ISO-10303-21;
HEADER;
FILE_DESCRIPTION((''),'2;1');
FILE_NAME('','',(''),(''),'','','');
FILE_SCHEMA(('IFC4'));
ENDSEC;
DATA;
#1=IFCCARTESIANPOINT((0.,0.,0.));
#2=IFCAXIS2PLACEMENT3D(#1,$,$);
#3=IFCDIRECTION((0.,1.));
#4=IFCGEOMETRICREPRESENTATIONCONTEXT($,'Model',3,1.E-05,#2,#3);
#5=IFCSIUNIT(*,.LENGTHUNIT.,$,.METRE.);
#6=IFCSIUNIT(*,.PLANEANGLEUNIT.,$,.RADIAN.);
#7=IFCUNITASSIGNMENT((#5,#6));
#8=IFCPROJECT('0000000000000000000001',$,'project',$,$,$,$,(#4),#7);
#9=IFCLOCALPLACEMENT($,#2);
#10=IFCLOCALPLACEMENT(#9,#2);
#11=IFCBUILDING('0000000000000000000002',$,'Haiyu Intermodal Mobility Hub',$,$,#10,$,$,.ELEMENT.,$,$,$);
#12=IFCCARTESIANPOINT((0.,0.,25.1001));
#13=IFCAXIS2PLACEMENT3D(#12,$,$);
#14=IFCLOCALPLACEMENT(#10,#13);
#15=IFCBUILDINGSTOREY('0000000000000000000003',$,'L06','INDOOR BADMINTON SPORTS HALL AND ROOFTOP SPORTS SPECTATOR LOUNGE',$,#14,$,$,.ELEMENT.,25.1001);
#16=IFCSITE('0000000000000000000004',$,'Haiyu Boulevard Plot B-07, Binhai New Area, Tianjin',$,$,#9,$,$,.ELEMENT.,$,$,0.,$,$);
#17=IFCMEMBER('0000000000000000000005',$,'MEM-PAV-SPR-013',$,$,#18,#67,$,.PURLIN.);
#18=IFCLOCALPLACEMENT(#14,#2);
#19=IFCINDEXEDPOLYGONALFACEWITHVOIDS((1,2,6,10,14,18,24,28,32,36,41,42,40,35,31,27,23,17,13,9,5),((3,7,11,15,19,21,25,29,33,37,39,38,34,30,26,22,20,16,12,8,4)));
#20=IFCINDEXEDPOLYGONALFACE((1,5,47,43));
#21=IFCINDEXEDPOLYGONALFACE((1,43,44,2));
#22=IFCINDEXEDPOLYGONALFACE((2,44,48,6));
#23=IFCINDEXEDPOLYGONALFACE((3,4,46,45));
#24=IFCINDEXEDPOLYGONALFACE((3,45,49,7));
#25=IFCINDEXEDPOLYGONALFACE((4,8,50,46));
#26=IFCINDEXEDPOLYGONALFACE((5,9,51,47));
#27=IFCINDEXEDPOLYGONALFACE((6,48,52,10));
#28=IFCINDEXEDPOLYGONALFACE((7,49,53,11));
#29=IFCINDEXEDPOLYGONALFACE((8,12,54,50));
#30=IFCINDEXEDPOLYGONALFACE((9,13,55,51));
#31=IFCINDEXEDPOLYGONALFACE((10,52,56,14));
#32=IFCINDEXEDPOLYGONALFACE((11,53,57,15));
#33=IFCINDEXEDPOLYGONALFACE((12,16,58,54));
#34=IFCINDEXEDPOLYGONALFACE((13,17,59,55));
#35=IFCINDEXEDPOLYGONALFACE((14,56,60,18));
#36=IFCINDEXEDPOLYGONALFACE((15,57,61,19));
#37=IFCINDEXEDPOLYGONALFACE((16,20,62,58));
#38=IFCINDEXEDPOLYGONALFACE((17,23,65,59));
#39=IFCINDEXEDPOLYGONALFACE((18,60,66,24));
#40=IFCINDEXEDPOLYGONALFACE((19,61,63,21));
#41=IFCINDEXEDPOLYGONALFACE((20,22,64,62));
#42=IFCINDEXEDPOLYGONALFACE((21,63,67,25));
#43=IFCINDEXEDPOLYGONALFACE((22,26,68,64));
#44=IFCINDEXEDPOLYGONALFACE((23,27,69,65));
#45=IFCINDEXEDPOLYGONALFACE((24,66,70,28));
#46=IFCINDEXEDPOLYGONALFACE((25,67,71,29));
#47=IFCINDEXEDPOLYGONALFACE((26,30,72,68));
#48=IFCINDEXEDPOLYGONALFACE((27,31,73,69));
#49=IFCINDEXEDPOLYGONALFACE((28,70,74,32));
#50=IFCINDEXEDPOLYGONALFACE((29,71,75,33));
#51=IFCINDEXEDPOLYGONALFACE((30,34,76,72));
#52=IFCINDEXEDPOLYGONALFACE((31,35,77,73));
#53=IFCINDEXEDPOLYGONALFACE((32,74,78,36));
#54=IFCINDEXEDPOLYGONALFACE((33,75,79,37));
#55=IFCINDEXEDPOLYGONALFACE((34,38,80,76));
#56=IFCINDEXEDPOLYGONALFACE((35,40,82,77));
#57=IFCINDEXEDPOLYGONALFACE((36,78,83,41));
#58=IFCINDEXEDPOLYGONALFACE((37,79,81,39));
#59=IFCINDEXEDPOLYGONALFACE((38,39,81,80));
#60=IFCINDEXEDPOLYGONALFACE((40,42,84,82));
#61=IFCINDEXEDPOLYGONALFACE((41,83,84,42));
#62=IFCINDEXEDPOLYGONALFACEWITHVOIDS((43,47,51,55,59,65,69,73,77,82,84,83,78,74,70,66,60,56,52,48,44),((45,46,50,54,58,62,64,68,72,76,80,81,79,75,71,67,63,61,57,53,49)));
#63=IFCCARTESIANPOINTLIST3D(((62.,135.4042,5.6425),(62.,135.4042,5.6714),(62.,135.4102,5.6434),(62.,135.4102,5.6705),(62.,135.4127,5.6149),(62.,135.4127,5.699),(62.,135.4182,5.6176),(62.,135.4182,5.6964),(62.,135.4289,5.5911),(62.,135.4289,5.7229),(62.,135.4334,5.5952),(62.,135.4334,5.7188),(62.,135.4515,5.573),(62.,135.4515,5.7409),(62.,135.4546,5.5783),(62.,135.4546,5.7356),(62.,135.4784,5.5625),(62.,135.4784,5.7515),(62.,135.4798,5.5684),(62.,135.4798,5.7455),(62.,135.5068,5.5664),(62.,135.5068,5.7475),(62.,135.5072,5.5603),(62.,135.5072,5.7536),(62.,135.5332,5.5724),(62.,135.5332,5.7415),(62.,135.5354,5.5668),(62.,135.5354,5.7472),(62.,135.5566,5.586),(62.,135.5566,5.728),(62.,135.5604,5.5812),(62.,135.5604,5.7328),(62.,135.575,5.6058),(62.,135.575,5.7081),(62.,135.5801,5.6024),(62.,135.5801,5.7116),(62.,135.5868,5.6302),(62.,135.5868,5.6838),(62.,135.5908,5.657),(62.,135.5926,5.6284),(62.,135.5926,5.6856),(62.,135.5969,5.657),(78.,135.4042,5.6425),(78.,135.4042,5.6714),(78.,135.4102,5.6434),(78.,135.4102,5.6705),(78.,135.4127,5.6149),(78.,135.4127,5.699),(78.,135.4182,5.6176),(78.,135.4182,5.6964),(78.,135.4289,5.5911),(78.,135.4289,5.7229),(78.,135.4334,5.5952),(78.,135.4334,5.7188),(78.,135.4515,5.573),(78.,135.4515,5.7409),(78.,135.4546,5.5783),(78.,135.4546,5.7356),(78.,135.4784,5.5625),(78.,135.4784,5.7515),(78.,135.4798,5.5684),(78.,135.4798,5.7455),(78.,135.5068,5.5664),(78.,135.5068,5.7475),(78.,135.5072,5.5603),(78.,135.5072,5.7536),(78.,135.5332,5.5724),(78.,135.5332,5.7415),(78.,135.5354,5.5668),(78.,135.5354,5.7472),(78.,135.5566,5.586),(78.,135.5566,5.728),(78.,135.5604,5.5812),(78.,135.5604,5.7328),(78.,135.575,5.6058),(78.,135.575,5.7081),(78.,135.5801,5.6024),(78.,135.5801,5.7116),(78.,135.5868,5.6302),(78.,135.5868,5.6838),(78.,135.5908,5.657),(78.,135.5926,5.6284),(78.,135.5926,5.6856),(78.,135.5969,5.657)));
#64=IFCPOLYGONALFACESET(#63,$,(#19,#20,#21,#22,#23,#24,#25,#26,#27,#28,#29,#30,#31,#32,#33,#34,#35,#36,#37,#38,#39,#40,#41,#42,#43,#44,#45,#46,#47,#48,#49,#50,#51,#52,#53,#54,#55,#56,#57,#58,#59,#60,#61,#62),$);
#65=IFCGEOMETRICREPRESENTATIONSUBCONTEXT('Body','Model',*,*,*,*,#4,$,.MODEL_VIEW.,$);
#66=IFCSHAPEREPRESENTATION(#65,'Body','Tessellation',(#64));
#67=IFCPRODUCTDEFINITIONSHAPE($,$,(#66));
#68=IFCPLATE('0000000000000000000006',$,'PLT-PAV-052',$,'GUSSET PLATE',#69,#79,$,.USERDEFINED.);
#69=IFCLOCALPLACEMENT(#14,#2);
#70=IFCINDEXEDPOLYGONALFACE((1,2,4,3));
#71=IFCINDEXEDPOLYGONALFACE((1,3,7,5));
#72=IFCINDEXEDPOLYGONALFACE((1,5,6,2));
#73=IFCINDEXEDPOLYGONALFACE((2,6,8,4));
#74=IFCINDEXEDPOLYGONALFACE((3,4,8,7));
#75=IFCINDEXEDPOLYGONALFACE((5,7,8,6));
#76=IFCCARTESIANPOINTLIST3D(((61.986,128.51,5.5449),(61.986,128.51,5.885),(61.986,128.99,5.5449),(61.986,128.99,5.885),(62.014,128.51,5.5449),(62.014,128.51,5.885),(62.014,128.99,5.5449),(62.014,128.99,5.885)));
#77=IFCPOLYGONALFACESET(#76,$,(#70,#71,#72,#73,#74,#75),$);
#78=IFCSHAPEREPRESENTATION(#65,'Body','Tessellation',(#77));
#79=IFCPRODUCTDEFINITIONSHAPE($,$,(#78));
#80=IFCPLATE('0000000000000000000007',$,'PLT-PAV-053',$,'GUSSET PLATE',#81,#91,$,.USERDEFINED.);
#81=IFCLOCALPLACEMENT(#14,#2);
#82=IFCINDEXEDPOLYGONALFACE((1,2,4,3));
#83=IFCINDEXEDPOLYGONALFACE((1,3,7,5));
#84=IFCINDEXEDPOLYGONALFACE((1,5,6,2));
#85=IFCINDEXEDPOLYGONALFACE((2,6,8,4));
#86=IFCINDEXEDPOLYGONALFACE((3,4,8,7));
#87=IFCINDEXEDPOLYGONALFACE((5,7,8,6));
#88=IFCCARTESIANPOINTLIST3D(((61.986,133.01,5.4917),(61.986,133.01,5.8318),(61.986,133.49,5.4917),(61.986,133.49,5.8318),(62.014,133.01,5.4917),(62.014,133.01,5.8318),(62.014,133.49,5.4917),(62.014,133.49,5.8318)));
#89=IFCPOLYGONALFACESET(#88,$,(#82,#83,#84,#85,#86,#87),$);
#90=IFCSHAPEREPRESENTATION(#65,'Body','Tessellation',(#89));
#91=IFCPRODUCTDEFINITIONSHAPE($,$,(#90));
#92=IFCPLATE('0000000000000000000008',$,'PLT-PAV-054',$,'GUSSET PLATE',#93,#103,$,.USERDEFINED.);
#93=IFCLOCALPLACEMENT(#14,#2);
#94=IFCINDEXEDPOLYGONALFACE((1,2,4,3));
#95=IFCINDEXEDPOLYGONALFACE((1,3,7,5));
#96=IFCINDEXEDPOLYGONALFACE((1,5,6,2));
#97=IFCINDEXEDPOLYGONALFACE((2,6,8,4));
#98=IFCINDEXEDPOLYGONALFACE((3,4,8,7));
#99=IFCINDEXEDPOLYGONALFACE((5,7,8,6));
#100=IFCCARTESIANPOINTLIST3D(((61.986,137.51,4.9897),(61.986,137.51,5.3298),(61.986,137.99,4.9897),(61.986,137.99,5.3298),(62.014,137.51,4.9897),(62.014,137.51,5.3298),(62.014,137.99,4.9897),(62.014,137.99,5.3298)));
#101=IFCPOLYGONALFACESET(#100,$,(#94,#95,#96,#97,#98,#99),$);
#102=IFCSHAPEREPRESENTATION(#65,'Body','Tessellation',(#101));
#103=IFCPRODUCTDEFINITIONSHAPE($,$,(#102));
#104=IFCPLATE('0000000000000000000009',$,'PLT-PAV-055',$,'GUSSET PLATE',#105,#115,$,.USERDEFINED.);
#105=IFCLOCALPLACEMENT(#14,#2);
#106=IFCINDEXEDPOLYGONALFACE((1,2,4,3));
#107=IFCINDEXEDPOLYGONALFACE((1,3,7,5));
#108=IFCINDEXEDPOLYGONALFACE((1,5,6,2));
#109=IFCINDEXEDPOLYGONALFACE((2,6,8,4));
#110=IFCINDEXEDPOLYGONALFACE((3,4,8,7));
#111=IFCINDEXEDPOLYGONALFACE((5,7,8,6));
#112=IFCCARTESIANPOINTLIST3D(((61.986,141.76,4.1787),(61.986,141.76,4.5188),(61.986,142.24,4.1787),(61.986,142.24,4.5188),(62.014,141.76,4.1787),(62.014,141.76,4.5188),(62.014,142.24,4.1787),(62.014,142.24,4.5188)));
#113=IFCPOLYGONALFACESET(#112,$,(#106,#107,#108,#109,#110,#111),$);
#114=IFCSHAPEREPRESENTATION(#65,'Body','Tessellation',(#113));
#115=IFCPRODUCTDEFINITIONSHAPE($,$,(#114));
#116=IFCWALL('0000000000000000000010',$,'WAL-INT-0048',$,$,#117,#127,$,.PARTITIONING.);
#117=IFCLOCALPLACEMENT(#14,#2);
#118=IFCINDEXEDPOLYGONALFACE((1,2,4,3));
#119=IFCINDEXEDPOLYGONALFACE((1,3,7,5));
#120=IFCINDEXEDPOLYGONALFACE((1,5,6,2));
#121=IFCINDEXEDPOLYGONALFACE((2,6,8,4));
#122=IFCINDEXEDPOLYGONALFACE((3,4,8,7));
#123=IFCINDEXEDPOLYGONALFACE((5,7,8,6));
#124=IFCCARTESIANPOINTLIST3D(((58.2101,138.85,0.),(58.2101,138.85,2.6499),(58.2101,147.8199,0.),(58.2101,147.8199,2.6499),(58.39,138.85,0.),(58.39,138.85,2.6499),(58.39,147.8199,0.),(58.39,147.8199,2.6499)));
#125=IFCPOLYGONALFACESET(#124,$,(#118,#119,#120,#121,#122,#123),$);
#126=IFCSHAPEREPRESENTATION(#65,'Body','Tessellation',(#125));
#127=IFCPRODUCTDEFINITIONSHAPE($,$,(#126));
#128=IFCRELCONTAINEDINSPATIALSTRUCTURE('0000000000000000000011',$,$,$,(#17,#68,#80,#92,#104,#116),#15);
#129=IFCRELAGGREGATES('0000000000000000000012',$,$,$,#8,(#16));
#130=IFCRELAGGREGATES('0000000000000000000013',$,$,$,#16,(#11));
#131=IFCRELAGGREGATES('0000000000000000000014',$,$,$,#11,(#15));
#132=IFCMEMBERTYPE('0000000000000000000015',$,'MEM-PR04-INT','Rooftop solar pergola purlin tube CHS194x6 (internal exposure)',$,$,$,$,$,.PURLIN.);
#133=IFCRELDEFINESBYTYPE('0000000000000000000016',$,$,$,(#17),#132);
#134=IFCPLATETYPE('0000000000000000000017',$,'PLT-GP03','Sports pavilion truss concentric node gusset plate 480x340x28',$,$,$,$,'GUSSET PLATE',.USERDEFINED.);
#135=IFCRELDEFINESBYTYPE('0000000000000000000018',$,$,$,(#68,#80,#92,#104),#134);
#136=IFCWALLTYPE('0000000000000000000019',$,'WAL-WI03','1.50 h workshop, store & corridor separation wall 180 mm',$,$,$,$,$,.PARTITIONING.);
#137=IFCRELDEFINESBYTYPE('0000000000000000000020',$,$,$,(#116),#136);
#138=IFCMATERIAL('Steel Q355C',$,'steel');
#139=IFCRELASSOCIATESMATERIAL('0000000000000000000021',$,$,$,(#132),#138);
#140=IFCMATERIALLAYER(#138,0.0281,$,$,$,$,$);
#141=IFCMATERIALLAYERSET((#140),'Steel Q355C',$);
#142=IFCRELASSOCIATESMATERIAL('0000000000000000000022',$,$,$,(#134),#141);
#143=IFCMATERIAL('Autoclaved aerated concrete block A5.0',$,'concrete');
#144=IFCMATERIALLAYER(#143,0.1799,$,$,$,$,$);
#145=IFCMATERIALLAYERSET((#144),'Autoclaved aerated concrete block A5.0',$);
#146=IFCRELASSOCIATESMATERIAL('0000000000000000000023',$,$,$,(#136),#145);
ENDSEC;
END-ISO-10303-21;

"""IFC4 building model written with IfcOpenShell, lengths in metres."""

from ifc_helpers import new_model, si_unit, direction, frame, frame_2d, origin, origin_2d, place, context, subcontext, project, spatial, rectangle, hollow_circle, extrude, material, layer, layer_set, material_profile, profile_set, type_object, element, save


model = new_model("IFC4")

# Units and contexts
model_context = context("Model", 3, precision=1e-05, world=origin(), true_north=direction((0.0, 1.0)))
body_context = subcontext(model_context, "Body", "Model", "MODEL_VIEW")
ifc_project = project(units=[si_unit("LENGTHUNIT", "METRE"), si_unit("PLANEANGLEUNIT", "RADIAN")], contexts=[model_context])

# Site, building, storey
site_placement = place(None, origin())
site = spatial("IfcSite", under=ifc_project, at=site_placement, Name="Haiyu Boulevard Plot B-07, Binhai New Area, Tianjin", CompositionType="ELEMENT", RefElevation=0.0)
building_placement = place(site_placement, origin())
building = spatial("IfcBuilding", under=site, at=building_placement, Name="Haiyu Intermodal Mobility Hub", CompositionType="ELEMENT")
storey_placement = place(building_placement, frame((0.0, 0.0, 25.1001)))
storey = spatial("IfcBuildingStorey", under=building, at=storey_placement, Name="L06", Description="INDOOR BADMINTON SPORTS HALL AND ROOFTOP SPORTS SPECTATOR LOUNGE", CompositionType="ELEMENT", Elevation=25.1001)

# Member
ifc_material_1 = material(Name="Steel Q355C", Category="steel")
ifc_material_profile_1 = material_profile(ifc_material_1, hollow_circle(Radius=0.0969, WallThickness=0.0061, at=origin_2d()), Name="CHS194x6")
ifc_profile_set_1 = profile_set([ifc_material_profile_1], Name="Steel Q355C")
member_type_1 = type_object("IfcMemberType", Name="MEM-PR04-INT", Description="Rooftop solar pergola purlin tube CHS194x6 (internal exposure)", PredefinedType="PURLIN", material=ifc_profile_set_1)
member_1_placement = place(storey_placement, frame((62.0, 135.5, 5.657), z_axis=(1.0, 0.0, 0.0), x_axis=(0.0, 1.0, 0.0)))
element("IfcMember", 1, at=member_1_placement, inside=storey, type_object=member_type_1, Name="MEM-PAV-SPR-013", PredefinedType="PURLIN", context=body_context, shape_type="SweptSolid", body=[
    extrude(hollow_circle(Radius=0.0969, WallThickness=0.0061, at=origin_2d()), origin(), (0.0, 0.0, 1.0), 16.0),
])

# Plates
ifc_layer_1 = layer(ifc_material_1, 0.0281)
ifc_layer_set_1 = layer_set([ifc_layer_1], Name="Steel Q355C")
plate_type = type_object("IfcPlateType", Name="PLT-GP03", Description="Sports pavilion truss concentric node gusset plate 480x340x28", ElementType="GUSSET PLATE", PredefinedType="USERDEFINED", material=ifc_layer_set_1)
for number, where, z_axis, x_axis, name in (
    (2, (62.0, 128.75, 5.5449), (0.0, 0.0, 1.0), (1.0, 0.0, 0.0), "PLT-PAV-052"),
    (3, (62.0, 133.25, 5.4917), (0.0, 0.0, 1.0), (1.0, 0.0, 0.0), "PLT-PAV-053"),
    (4, (62.0, 137.75, 4.9897), (0.0, 0.0, 1.0), (1.0, 0.0, 0.0), "PLT-PAV-054"),
    (5, (62.0, 142.0, 4.1787), (0.0, 0.0, 1.0), (1.0, 0.0, 0.0), "PLT-PAV-055"),
):
    element("IfcPlate", number, at=place(storey_placement, frame(where, z_axis=z_axis, x_axis=x_axis)), inside=storey, type_object=plate_type, Name=name, ObjectType="GUSSET PLATE", PredefinedType="USERDEFINED", context=body_context, shape_type="SweptSolid", body=[
        extrude(rectangle(XDim=0.0281, YDim=0.48, at=origin_2d()), origin(), (0.0, 0.0, 1.0), 0.3401),
    ])

# Wall
ifc_material_2 = material(Name="Autoclaved aerated concrete block A5.0", Category="concrete")
ifc_layer_2 = layer(ifc_material_2, 0.1799)
ifc_layer_set_2 = layer_set([ifc_layer_2], Name="Autoclaved aerated concrete block A5.0")
wall_type = type_object("IfcWallType", Name="WAL-WI03", Description="1.50 h workshop, store & corridor separation wall 180 mm", PredefinedType="PARTITIONING", material=ifc_layer_set_2)
wall_placement = place(storey_placement, frame((58.3, 138.8501, 0.0), z_axis=(0.0, 0.0, 1.0), x_axis=(0.0, 1.0, 0.0)))
element("IfcWall", 6, at=wall_placement, inside=storey, type_object=wall_type, Name="WAL-INT-0048", PredefinedType="PARTITIONING", context=body_context, shape_type="SweptSolid", body=[
    extrude(rectangle(XDim=8.97, YDim=0.1799, at=frame_2d((4.4849, 0.0))), origin(), (0.0, 0.0, 1.0), 2.6499),
])

save(model, "model.ifc")
